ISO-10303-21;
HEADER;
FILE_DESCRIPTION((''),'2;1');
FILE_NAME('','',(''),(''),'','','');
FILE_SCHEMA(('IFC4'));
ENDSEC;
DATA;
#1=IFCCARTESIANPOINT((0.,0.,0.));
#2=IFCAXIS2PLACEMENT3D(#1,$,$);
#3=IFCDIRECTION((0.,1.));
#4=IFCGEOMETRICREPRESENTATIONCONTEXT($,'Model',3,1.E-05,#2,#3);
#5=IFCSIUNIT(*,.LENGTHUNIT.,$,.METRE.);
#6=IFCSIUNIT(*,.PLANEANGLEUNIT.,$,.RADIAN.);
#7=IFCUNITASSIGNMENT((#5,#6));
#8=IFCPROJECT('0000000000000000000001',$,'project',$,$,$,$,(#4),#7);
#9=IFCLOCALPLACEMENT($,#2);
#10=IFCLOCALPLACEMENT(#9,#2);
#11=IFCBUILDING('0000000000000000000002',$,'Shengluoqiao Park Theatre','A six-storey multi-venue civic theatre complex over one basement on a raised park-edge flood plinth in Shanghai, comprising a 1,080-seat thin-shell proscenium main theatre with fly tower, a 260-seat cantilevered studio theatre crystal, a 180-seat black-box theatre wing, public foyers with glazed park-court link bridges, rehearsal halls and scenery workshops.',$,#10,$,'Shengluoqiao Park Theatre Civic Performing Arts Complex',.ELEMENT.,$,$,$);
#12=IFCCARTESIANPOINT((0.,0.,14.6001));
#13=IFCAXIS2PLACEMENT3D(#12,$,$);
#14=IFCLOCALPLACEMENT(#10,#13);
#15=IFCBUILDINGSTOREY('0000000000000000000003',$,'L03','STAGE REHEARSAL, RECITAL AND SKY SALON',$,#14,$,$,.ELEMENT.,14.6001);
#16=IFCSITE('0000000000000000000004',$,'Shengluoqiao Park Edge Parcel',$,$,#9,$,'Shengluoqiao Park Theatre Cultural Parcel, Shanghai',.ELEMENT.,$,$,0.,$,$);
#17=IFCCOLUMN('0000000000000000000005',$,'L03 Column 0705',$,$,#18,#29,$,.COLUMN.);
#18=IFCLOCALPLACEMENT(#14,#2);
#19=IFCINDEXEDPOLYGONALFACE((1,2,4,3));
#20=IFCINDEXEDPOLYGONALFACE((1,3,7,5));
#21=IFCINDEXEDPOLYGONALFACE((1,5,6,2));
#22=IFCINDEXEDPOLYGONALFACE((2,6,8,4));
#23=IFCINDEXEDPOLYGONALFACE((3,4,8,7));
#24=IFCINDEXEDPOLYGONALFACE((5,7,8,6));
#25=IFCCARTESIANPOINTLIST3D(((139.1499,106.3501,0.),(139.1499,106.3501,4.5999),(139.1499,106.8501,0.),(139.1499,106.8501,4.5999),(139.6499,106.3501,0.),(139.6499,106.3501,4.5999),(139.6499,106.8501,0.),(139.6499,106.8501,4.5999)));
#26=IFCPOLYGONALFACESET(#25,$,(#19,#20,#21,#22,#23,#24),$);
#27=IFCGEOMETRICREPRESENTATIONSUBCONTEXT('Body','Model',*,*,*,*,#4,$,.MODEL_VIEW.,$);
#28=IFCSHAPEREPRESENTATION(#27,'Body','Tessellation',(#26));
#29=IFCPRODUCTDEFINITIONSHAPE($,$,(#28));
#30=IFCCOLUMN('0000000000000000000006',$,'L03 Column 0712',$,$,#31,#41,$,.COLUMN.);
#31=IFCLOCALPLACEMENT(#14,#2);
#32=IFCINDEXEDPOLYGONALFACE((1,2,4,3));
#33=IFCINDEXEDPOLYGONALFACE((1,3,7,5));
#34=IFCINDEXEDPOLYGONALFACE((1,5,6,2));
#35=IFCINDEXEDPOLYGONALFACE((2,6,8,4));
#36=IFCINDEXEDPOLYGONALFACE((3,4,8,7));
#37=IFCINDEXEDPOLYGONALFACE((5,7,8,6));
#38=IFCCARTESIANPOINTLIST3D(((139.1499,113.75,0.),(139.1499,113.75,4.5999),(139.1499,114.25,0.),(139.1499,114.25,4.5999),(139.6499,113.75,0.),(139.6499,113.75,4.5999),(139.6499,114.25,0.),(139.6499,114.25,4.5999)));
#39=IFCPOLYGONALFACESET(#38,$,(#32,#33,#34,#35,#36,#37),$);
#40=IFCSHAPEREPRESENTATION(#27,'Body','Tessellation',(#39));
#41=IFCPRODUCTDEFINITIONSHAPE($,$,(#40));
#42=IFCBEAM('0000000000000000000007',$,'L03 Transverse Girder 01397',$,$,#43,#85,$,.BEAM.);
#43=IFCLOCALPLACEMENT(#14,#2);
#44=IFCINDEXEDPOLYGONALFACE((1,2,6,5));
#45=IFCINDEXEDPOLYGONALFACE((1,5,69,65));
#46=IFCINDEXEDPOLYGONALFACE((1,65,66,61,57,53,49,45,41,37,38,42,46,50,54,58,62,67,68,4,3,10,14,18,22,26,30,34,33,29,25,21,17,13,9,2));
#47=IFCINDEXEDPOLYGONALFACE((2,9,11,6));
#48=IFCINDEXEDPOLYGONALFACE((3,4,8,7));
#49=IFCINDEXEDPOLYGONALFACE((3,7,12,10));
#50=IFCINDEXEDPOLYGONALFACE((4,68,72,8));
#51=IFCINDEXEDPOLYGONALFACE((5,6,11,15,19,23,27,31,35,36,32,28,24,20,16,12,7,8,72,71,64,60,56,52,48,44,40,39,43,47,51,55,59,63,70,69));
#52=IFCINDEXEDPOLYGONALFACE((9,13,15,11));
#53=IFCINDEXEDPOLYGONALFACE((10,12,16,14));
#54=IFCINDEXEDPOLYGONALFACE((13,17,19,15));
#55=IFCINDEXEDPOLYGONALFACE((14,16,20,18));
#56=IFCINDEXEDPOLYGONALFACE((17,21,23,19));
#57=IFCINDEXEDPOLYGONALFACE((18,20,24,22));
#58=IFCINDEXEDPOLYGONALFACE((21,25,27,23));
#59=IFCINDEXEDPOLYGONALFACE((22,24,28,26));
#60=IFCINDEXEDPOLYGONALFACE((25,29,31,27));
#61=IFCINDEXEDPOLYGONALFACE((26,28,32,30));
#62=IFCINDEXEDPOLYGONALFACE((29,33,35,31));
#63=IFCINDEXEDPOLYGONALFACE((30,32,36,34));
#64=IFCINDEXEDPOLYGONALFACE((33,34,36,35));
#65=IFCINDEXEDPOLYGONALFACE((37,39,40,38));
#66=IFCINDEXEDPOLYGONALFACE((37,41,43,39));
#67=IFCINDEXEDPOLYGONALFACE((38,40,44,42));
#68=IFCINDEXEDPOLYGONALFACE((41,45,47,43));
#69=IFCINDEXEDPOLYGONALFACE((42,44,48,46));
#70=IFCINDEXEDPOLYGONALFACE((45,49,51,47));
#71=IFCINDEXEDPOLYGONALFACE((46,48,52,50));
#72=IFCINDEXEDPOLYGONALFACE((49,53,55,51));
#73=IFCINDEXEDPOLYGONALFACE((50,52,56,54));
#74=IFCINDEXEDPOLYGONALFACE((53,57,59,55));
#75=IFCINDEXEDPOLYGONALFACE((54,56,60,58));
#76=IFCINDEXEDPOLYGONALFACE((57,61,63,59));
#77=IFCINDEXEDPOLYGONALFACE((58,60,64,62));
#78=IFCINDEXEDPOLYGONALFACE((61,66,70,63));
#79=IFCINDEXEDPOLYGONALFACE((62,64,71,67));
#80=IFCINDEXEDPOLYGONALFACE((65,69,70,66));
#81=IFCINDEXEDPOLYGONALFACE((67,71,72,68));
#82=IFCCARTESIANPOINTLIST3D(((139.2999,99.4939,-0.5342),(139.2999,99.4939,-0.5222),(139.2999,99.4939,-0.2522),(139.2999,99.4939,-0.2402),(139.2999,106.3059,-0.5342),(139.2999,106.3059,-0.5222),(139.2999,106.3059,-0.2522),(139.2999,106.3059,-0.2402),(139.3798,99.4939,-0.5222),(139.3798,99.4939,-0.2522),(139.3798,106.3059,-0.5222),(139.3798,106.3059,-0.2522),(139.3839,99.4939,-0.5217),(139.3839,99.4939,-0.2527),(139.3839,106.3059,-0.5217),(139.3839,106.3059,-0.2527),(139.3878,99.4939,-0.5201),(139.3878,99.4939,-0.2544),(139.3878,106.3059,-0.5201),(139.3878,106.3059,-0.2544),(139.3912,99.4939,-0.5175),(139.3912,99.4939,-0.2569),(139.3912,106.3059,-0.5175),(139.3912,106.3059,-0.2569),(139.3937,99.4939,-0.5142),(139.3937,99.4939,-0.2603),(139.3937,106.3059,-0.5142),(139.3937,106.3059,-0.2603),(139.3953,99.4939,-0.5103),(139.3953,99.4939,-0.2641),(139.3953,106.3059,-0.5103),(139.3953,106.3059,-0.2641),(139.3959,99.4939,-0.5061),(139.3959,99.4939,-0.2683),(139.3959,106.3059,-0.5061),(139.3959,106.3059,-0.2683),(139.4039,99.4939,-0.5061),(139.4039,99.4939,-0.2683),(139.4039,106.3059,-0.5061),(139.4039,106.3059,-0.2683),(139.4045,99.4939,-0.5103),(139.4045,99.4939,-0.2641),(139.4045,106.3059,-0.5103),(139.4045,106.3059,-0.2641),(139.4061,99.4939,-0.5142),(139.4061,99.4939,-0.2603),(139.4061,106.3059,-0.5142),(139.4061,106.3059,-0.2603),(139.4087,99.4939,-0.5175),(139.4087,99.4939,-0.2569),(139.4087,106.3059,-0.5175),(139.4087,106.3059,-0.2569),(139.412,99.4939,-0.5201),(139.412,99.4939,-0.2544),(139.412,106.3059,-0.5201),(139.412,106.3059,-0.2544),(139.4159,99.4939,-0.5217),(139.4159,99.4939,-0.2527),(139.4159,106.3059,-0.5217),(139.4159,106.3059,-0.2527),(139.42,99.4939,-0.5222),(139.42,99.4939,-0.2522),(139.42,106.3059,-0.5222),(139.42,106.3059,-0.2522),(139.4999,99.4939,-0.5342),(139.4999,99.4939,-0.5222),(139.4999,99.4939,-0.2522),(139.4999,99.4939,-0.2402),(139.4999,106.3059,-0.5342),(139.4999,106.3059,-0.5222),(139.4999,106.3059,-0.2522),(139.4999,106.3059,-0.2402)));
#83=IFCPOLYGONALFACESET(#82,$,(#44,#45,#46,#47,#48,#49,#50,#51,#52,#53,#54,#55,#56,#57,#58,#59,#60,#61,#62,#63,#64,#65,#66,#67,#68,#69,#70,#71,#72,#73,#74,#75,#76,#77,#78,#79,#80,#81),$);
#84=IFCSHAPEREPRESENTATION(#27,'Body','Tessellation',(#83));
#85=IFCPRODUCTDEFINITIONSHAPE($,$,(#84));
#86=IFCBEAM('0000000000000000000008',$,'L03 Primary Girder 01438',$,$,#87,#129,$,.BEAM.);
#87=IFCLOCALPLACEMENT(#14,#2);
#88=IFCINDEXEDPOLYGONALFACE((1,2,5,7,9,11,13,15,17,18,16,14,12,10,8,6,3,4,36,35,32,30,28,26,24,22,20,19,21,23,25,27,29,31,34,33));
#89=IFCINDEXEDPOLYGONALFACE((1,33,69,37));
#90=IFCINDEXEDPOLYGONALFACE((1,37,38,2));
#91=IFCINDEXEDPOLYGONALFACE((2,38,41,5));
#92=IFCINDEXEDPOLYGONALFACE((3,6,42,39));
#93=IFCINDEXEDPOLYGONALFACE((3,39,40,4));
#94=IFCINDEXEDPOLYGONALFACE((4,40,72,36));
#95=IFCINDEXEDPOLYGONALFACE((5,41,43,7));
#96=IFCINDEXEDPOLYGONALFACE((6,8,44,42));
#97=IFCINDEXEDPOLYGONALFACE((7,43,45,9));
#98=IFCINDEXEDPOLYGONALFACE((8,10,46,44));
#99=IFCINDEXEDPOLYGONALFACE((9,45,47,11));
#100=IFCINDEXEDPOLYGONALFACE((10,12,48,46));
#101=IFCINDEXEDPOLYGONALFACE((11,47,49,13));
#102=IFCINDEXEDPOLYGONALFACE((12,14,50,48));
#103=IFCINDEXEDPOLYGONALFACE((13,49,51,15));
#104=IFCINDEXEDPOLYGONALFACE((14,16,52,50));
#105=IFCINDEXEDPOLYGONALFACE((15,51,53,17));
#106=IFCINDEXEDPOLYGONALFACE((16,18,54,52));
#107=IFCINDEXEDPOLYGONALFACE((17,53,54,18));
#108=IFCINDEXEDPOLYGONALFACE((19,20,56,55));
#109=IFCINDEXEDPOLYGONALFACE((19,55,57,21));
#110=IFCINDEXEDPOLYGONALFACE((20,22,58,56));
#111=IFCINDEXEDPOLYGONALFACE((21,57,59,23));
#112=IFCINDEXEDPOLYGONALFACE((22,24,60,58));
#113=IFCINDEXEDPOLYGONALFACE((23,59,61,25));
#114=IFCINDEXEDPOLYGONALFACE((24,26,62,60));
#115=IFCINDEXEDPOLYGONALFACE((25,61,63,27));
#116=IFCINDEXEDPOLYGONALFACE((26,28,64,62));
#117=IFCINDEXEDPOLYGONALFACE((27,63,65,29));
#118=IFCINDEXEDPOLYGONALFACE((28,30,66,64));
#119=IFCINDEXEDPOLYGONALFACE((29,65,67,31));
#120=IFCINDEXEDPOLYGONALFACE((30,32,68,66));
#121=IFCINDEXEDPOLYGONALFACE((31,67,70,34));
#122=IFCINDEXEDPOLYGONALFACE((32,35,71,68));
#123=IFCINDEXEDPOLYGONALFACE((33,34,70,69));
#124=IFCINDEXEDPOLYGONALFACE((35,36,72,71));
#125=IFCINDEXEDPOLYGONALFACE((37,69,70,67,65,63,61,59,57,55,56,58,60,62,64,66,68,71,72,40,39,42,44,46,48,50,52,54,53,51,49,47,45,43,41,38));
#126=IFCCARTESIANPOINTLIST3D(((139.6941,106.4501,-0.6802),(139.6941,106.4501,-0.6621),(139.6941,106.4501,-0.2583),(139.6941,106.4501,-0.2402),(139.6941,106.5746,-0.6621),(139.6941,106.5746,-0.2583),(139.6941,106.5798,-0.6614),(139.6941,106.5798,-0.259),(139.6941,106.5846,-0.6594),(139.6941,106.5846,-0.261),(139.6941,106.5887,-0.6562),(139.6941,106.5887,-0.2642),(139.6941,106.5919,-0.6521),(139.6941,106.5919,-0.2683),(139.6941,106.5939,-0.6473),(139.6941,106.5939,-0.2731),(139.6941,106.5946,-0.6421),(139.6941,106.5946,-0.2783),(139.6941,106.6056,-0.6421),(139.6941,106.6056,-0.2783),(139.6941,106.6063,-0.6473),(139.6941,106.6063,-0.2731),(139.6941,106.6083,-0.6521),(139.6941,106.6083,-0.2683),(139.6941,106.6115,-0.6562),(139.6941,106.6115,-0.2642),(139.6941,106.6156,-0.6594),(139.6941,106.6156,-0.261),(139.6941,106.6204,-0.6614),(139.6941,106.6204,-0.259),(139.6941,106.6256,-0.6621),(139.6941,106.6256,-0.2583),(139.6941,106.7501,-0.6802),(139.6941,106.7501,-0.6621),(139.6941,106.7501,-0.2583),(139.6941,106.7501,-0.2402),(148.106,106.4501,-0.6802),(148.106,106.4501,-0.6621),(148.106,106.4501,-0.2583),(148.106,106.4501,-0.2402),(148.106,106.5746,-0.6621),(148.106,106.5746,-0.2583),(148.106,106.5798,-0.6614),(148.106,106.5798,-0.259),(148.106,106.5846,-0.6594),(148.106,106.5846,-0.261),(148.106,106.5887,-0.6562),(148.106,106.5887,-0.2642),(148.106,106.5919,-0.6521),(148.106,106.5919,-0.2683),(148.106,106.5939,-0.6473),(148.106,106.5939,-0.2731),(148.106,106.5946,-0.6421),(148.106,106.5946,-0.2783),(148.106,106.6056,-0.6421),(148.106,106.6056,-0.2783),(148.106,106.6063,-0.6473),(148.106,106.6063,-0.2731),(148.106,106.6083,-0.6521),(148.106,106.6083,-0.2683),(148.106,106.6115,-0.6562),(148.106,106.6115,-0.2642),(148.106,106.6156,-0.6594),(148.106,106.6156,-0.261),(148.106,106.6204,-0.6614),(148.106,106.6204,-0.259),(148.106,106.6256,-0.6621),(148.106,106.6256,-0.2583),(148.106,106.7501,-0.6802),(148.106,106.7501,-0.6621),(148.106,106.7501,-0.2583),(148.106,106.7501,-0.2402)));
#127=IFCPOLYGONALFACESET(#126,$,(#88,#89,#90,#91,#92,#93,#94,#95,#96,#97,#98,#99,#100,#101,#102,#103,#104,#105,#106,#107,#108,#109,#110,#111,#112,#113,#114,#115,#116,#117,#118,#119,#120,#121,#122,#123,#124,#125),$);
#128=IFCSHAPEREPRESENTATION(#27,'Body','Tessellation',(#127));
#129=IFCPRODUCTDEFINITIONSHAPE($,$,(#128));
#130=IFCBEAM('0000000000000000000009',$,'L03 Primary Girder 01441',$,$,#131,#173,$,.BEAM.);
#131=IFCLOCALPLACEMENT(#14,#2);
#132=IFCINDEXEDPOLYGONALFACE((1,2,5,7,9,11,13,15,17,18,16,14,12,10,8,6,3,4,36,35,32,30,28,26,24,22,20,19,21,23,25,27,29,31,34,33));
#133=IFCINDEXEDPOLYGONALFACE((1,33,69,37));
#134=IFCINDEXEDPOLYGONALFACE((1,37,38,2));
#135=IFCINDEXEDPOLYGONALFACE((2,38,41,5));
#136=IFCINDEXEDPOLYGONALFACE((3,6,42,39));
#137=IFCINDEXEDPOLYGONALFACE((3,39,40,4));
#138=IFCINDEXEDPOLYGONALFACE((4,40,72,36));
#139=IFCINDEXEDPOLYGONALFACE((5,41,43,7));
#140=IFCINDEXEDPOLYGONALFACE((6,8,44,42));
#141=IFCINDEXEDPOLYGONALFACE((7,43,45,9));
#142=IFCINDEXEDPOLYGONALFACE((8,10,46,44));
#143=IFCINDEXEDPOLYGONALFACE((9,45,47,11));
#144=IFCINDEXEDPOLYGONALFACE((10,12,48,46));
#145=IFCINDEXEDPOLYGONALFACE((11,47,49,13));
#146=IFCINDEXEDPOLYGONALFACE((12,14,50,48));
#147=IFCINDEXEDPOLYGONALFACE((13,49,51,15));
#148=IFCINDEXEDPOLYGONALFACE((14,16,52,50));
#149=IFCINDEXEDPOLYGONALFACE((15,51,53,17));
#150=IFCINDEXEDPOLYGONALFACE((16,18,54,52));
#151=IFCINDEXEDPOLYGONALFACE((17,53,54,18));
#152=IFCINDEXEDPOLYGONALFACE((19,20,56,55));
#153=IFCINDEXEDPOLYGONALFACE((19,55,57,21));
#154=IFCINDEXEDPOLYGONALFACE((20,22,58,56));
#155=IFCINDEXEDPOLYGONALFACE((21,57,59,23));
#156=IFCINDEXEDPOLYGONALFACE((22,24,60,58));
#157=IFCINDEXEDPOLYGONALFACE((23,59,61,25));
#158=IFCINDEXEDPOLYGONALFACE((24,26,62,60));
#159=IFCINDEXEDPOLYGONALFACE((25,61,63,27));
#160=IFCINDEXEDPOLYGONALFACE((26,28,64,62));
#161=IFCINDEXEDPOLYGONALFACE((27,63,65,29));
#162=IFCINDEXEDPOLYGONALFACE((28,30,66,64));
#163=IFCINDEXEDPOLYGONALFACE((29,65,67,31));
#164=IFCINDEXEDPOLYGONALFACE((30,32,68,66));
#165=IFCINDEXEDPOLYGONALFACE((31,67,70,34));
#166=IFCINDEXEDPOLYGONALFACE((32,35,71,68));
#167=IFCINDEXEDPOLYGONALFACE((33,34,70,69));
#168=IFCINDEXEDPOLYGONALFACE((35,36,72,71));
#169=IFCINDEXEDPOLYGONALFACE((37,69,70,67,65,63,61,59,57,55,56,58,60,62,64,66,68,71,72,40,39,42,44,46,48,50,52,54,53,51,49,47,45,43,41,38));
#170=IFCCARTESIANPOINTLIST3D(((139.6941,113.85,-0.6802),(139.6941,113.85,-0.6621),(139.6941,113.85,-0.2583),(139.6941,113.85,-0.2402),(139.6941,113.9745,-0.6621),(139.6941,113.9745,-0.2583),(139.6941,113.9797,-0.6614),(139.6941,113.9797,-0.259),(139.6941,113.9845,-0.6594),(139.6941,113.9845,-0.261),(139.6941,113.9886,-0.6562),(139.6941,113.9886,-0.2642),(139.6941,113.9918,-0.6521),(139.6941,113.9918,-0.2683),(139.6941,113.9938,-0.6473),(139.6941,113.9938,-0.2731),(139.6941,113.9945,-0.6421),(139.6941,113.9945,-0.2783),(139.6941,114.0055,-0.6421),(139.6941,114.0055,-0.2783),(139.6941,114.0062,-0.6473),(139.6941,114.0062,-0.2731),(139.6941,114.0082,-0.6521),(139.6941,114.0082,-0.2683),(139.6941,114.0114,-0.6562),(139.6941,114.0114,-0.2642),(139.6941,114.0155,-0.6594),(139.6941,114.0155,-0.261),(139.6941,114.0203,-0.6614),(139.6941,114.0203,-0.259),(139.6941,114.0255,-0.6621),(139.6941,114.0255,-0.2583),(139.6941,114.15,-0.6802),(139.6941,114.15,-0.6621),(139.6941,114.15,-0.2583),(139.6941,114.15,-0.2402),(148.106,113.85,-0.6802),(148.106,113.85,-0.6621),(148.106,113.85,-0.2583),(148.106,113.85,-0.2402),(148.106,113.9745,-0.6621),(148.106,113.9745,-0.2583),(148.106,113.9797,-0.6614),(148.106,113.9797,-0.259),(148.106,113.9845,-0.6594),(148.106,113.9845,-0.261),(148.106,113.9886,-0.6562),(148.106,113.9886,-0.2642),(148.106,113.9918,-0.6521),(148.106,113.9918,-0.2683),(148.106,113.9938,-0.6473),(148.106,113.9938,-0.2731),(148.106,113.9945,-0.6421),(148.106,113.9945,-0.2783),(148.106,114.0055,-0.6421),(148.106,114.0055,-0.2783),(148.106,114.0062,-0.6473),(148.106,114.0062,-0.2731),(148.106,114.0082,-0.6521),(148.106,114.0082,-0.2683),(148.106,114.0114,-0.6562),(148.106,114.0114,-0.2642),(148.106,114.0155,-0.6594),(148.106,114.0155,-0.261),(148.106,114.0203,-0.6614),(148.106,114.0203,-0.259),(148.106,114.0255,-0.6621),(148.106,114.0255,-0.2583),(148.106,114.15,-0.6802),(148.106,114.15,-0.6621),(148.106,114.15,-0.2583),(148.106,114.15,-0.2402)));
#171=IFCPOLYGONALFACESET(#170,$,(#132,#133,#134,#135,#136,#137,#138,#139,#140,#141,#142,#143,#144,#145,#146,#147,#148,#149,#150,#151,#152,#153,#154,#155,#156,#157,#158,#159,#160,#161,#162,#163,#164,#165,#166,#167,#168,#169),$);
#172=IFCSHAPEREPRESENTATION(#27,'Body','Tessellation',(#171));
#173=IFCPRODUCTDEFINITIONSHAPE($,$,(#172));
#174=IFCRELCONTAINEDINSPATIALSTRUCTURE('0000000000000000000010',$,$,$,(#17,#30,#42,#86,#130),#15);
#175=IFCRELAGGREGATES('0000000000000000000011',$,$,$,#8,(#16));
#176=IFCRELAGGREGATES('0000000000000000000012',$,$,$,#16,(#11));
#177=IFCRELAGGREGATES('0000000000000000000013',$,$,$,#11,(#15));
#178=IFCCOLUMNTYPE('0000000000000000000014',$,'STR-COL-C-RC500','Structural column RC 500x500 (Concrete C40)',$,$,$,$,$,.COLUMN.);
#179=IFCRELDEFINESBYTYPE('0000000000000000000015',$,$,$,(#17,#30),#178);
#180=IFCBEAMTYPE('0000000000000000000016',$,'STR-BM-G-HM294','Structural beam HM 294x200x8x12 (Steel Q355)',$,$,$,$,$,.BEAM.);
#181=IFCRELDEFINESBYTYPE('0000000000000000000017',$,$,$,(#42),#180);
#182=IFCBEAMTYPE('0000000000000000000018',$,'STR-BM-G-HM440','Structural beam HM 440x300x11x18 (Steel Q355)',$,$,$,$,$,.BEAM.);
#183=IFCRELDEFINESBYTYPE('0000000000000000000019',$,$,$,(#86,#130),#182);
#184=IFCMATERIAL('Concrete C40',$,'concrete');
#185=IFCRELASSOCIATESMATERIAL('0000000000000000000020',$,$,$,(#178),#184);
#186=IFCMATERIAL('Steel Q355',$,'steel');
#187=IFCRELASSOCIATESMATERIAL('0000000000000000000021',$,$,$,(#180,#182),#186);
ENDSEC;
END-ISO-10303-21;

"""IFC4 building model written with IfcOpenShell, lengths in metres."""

from ifc_helpers import new_model, si_unit, direction, frame, origin, origin_2d, place, context, subcontext, project, spatial, rectangle, i_section, extrude, material, material_profile, profile_set, type_object, element, save


model = new_model("IFC4")

# Units and contexts
model_context = context("Model", 3, precision=1e-05, world=origin(), true_north=direction((0.0, 1.0)))
body_context = subcontext(model_context, "Body", "Model", "MODEL_VIEW")
ifc_project = project(units=[si_unit("LENGTHUNIT", "METRE"), si_unit("PLANEANGLEUNIT", "RADIAN")], contexts=[model_context])

# Site, building, storey
site_placement = place(None, origin())
site = spatial("IfcSite", under=ifc_project, at=site_placement, Name="Shengluoqiao Park Edge Parcel", LongName="Shengluoqiao Park Theatre Cultural Parcel, Shanghai", CompositionType="ELEMENT", RefElevation=0.0)
building_placement = place(site_placement, origin())
building = spatial("IfcBuilding", under=site, at=building_placement, Name="Shengluoqiao Park Theatre", Description="A six-storey multi-venue civic theatre complex over one basement on a raised park-edge flood plinth in Shanghai, comprising a 1,080-seat thin-shell proscenium main theatre with fly tower, a 260-seat cantilevered studio theatre crystal, a 180-seat black-box theatre wing, public foyers with glazed park-court link bridges, rehearsal halls and scenery workshops.", LongName="Shengluoqiao Park Theatre Civic Performing Arts Complex", CompositionType="ELEMENT")
storey_placement = place(building_placement, frame((0.0, 0.0, 14.6001)))
storey = spatial("IfcBuildingStorey", under=building, at=storey_placement, Name="L03", Description="STAGE REHEARSAL, RECITAL AND SKY SALON", CompositionType="ELEMENT", Elevation=14.6001)

# Columns
ifc_material_1 = material(Name="Concrete C40", Category="concrete")
ifc_material_profile_1 = material_profile(ifc_material_1, rectangle(XDim=0.5, YDim=0.5, at=origin_2d()), Name="RC 500x500")
ifc_profile_set_1 = profile_set([ifc_material_profile_1], Name="Concrete C40")
column_type = type_object("IfcColumnType", Name="STR-COL-C-RC500", Description="Structural column RC 500x500 (Concrete C40)", PredefinedType="COLUMN", material=ifc_profile_set_1)
for number, where, z_axis, x_axis, name in (
    (1, (139.3999, 106.6001, 0.0), (0.0, 0.0, 1.0), (1.0, 0.0, 0.0), "L03 Column 0705"),
    (2, (139.3999, 114.0, 0.0), (0.0, 0.0, 1.0), (1.0, 0.0, 0.0), "L03 Column 0712"),
):
    element("IfcColumn", number, at=place(storey_placement, frame(where, z_axis=z_axis, x_axis=x_axis)), inside=storey, type_object=column_type, Name=name, PredefinedType="COLUMN", context=body_context, shape_type="SweptSolid", body=[
        extrude(rectangle(XDim=0.5, YDim=0.5, at=origin_2d()), origin(), (0.0, 0.0, 1.0), 4.5999),
    ])

# Beams
ifc_material_2 = material(Name="Steel Q355", Category="steel")
ifc_material_profile_2 = material_profile(ifc_material_2, i_section(OverallWidth=0.2, OverallDepth=0.2939, WebThickness=0.0081, FlangeThickness=0.012, FilletRadius=0.0161, at=origin_2d()), Name="HM 294x200x8x12")
ifc_profile_set_2 = profile_set([ifc_material_profile_2], Name="Steel Q355")
beam_type_1 = type_object("IfcBeamType", Name="STR-BM-G-HM294", Description="Structural beam HM 294x200x8x12 (Steel Q355)", PredefinedType="BEAM", material=ifc_profile_set_2)
beam_1_placement = place(storey_placement, frame((139.3999, 99.4939, -0.3872), z_axis=(0.0, 1.0, 0.0), x_axis=(-1.0, 0.0, 0.0)))
element("IfcBeam", 3, at=beam_1_placement, inside=storey, type_object=beam_type_1, Name="L03 Transverse Girder 01397", PredefinedType="BEAM", context=body_context, shape_type="SweptSolid", body=[
    extrude(i_section(OverallWidth=0.2, OverallDepth=0.2939, WebThickness=0.0081, FlangeThickness=0.012, FilletRadius=0.0161, at=origin_2d()), origin(), (0.0, 0.0, 1.0), 6.812),
])
ifc_material_profile_3 = material_profile(ifc_material_2, i_section(OverallWidth=0.3, OverallDepth=0.4399, WebThickness=0.011, FlangeThickness=0.0181, FilletRadius=0.02, at=origin_2d()), Name="HM 440x300x11x18")
ifc_profile_set_3 = profile_set([ifc_material_profile_3], Name="Steel Q355")
beam_type_2 = type_object("IfcBeamType", Name="STR-BM-G-HM440", Description="Structural beam HM 440x300x11x18 (Steel Q355)", PredefinedType="BEAM", material=ifc_profile_set_3)
for number, where, z_axis, x_axis, name in (
    (4, (139.6941, 106.6001, -0.4602), (1.0, 0.0, 0.0), (0.0, 1.0, 0.0), "L03 Primary Girder 01438"),
    (5, (139.6941, 114.0, -0.4602), (1.0, 0.0, 0.0), (0.0, 1.0, 0.0), "L03 Primary Girder 01441"),
):
    element("IfcBeam", number, at=place(storey_placement, frame(where, z_axis=z_axis, x_axis=x_axis)), inside=storey, type_object=beam_type_2, Name=name, PredefinedType="BEAM", context=body_context, shape_type="SweptSolid", body=[
        extrude(i_section(OverallWidth=0.3, OverallDepth=0.4399, WebThickness=0.011, FlangeThickness=0.0181, FilletRadius=0.02, at=origin_2d()), origin(), (0.0, 0.0, 1.0), 8.4119),
    ])

save(model, "model.ifc")
